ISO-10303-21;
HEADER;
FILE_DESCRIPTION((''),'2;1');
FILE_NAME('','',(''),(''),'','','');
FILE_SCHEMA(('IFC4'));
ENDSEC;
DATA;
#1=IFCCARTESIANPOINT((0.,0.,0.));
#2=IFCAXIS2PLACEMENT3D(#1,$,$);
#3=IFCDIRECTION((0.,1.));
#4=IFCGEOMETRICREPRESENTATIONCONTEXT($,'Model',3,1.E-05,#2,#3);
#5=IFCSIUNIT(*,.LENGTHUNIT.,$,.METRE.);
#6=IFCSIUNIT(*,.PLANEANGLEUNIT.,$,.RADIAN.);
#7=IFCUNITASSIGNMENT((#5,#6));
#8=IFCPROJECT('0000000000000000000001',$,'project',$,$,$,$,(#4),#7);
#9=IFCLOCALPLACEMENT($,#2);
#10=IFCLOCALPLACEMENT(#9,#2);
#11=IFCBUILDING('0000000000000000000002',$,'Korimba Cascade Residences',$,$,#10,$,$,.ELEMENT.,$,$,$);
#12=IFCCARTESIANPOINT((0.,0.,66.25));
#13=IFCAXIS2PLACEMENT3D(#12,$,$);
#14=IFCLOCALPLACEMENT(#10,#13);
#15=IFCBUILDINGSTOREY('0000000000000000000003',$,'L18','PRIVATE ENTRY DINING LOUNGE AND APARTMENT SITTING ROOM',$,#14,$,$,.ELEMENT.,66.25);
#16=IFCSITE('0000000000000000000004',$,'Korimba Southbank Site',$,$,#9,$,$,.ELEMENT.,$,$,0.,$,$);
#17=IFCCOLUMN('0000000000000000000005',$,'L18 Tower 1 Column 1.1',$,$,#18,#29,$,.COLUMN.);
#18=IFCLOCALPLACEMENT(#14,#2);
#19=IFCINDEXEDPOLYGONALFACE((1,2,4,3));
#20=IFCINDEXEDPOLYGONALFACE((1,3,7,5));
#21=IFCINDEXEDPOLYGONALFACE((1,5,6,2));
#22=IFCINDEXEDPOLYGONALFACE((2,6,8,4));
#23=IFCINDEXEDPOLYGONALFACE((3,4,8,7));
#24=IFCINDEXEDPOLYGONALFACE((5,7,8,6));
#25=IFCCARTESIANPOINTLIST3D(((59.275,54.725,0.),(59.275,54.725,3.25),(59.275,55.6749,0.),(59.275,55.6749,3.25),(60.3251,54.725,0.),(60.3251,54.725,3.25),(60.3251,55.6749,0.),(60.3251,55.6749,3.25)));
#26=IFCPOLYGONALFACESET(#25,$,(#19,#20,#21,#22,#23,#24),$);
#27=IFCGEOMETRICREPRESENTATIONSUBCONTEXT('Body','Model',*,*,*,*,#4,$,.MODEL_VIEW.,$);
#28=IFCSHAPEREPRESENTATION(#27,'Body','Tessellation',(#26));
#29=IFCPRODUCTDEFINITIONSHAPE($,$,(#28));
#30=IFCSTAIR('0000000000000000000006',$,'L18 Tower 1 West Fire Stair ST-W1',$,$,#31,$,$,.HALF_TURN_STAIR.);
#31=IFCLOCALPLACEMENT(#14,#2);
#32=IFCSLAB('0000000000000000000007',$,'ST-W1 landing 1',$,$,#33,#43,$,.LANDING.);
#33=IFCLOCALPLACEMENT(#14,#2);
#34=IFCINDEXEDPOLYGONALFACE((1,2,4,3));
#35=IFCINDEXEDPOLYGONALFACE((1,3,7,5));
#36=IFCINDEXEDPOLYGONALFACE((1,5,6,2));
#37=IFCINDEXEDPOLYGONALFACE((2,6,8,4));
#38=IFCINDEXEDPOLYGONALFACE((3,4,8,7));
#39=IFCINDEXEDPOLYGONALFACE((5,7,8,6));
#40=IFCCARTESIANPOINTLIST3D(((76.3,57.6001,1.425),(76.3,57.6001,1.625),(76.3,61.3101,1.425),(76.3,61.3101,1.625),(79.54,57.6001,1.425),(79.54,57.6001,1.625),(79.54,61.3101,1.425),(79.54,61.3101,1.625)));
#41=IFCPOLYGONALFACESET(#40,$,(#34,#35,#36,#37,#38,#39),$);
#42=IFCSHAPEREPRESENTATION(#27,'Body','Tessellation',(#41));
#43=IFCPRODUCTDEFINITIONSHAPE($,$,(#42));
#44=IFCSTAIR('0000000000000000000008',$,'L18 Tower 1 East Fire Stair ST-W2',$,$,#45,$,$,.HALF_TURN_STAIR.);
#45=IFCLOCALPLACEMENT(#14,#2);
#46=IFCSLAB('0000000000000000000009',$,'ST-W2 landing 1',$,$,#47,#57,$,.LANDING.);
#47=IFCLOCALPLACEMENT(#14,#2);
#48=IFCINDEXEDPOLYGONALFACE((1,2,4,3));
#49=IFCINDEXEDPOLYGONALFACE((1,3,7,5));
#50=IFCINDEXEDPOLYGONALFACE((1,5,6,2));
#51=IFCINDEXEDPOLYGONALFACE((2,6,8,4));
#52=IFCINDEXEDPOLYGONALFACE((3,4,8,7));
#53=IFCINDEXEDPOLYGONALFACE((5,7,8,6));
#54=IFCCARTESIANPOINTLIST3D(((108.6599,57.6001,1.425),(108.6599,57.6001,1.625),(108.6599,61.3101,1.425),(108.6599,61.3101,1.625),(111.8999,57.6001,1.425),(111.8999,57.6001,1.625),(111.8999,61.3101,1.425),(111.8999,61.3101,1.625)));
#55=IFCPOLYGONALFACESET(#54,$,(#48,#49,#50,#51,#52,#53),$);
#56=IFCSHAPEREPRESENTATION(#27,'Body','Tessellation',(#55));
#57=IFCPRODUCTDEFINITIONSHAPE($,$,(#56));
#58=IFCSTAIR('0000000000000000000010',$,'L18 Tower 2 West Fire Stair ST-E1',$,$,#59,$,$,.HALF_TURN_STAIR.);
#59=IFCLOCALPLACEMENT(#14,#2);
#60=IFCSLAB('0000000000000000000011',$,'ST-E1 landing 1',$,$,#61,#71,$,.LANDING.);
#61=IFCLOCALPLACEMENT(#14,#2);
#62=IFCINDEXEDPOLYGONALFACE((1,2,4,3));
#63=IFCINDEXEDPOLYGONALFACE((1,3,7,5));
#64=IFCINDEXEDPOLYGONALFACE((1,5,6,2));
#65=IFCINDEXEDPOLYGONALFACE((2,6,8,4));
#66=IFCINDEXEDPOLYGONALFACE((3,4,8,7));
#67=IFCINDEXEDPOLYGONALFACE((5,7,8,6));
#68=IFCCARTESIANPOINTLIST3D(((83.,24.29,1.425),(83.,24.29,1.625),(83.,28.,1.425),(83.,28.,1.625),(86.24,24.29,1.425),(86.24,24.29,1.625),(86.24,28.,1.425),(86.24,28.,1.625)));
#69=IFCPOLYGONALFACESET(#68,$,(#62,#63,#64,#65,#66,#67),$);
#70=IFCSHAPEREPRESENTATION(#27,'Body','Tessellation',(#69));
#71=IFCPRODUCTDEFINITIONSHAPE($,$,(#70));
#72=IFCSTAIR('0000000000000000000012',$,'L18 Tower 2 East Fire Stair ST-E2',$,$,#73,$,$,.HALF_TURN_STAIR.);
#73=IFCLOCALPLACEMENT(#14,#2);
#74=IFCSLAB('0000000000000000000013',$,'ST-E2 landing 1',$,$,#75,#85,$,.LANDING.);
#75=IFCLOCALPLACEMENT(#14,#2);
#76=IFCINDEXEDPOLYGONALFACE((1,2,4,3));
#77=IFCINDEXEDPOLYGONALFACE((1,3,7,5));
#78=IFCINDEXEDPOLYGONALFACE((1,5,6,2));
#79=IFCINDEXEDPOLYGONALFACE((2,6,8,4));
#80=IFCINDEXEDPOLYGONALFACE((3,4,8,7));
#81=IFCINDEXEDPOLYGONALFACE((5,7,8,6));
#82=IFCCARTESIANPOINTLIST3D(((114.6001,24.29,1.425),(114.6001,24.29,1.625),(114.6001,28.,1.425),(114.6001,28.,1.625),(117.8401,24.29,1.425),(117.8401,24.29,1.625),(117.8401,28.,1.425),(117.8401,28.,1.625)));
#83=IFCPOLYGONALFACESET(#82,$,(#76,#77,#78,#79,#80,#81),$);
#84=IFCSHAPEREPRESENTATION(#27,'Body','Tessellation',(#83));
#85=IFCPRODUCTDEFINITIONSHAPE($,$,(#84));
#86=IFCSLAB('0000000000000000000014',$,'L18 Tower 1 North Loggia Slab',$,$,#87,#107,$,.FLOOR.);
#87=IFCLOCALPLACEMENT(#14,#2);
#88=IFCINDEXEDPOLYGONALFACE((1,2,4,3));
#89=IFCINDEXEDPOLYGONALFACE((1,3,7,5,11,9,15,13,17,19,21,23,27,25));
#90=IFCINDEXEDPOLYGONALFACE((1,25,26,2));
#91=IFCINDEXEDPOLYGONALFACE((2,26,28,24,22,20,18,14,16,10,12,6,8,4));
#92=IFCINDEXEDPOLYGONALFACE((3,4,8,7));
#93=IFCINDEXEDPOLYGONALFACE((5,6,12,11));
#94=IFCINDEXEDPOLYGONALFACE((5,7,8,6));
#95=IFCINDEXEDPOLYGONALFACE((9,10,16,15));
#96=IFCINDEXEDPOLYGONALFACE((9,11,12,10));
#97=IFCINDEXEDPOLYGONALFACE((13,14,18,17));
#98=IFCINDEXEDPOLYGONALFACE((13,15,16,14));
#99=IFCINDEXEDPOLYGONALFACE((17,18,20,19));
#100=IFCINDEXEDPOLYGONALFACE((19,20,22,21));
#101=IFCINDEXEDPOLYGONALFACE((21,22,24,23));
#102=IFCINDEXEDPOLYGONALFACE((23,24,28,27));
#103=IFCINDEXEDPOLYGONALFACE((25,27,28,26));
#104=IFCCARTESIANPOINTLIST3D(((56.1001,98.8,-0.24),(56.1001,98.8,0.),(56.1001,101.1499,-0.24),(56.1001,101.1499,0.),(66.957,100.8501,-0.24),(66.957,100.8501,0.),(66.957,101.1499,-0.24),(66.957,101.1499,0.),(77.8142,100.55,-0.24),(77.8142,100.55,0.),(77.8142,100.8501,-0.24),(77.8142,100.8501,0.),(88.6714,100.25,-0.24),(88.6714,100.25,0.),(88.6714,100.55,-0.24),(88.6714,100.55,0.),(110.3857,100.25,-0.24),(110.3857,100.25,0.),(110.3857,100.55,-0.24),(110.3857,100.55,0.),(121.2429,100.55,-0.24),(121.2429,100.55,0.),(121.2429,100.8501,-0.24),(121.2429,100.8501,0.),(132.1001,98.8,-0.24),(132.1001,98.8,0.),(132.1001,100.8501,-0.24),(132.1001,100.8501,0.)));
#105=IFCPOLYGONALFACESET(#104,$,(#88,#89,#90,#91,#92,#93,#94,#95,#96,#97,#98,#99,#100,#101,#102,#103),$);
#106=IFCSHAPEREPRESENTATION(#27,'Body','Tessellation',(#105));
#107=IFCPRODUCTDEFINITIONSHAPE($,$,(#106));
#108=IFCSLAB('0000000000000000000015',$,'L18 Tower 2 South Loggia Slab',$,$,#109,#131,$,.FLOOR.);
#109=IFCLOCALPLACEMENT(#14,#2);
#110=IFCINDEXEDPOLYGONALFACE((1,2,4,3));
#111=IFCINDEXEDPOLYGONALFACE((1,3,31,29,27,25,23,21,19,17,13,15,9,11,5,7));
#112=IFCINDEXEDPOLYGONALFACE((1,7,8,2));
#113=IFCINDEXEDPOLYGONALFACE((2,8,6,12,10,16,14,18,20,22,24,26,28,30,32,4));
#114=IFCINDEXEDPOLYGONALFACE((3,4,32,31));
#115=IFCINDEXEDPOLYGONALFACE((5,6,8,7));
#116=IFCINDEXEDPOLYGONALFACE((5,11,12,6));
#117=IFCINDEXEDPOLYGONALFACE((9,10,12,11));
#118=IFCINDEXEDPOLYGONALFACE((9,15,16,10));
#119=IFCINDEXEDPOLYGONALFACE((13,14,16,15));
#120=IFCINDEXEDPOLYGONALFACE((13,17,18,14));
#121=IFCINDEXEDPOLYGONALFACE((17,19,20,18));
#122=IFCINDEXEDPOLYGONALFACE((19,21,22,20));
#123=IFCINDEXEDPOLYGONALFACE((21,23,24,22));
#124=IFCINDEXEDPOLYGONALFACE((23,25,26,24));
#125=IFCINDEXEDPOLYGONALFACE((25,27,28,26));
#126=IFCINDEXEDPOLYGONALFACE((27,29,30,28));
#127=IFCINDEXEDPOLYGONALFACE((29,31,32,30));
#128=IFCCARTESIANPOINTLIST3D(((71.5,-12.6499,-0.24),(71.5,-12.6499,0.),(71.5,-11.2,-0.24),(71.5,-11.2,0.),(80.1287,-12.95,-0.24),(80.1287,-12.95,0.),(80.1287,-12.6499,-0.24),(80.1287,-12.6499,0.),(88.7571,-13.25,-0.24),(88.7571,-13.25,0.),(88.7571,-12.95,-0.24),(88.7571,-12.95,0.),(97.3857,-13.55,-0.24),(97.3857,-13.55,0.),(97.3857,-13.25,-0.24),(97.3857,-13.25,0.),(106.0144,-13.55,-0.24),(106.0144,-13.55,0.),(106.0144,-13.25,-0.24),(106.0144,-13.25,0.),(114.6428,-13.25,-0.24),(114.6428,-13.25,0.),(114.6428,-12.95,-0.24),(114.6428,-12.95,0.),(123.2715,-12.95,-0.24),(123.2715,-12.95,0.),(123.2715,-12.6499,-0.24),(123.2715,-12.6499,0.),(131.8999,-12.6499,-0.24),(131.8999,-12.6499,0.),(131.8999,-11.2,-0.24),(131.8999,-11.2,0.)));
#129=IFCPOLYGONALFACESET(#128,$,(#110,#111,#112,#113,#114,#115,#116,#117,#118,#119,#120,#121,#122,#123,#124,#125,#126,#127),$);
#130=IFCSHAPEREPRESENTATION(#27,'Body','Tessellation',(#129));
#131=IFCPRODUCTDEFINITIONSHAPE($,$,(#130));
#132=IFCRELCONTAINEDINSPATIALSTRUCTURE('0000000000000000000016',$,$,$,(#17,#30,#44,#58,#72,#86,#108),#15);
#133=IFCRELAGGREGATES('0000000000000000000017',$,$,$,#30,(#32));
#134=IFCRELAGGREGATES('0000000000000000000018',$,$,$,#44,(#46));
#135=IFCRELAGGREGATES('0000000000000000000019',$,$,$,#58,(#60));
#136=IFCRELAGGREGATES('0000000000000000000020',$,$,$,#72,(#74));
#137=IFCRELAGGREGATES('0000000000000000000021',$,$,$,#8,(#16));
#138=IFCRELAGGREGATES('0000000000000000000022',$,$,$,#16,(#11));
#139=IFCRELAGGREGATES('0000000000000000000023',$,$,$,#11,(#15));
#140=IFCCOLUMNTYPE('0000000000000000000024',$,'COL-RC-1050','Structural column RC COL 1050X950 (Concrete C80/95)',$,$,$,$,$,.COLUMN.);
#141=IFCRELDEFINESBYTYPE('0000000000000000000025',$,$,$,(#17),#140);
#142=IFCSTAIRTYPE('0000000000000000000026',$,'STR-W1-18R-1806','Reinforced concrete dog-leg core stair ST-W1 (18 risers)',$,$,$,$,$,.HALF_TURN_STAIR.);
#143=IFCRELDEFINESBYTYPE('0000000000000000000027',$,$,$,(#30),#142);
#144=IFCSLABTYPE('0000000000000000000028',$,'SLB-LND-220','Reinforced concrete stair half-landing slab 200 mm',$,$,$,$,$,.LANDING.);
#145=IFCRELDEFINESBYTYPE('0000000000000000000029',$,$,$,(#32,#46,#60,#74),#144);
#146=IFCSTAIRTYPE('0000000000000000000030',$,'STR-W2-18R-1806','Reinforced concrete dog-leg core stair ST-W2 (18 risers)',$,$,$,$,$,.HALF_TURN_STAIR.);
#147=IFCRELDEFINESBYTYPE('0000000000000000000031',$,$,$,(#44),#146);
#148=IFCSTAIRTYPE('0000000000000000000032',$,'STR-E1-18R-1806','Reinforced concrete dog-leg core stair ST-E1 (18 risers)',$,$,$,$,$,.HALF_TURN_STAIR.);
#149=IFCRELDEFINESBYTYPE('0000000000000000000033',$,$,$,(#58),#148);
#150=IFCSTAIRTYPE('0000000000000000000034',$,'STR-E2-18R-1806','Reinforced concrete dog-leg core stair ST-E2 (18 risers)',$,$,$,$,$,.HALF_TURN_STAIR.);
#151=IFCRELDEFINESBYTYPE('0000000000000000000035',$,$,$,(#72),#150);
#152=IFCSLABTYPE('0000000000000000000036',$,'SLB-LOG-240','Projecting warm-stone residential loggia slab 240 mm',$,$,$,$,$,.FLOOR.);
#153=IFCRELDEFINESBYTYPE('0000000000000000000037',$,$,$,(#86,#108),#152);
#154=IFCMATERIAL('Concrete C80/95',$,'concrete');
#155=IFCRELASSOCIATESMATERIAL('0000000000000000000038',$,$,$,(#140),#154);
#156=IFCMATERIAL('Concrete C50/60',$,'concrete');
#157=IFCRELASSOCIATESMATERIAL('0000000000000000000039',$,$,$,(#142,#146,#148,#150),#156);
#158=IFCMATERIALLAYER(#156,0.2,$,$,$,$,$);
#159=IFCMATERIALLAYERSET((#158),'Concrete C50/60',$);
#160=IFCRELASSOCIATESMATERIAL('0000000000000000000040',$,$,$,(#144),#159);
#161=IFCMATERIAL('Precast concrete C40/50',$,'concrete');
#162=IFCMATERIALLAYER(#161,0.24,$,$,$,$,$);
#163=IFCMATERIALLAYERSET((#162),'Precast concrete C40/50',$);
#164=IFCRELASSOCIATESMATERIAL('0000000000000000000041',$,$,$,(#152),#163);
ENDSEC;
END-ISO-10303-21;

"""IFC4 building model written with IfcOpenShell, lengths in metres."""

from ifc_helpers import new_model, si_unit, direction, frame, origin, origin_2d, place, context, subcontext, project, spatial, polyline, rectangle, outline, extrude, material, layer, layer_set, material_profile, profile_set, type_object, element, aggregate, save


model = new_model("IFC4")

# Units and contexts
model_context = context("Model", 3, precision=1e-05, world=origin(), true_north=direction((0.0, 1.0)))
body_context = subcontext(model_context, "Body", "Model", "MODEL_VIEW")
ifc_project = project(units=[si_unit("LENGTHUNIT", "METRE"), si_unit("PLANEANGLEUNIT", "RADIAN")], contexts=[model_context])

# Site, building, storey
site_placement = place(None, origin())
site = spatial("IfcSite", under=ifc_project, at=site_placement, Name="Korimba Southbank Site", CompositionType="ELEMENT", RefElevation=0.0)
building_placement = place(site_placement, origin())
building = spatial("IfcBuilding", under=site, at=building_placement, Name="Korimba Cascade Residences", CompositionType="ELEMENT")
storey_placement = place(building_placement, frame((0.0, 0.0, 66.25)))
storey = spatial("IfcBuildingStorey", under=building, at=storey_placement, Name="L18", Description="PRIVATE ENTRY DINING LOUNGE AND APARTMENT SITTING ROOM", CompositionType="ELEMENT", Elevation=66.25)

# Column
ifc_material_1 = material(Name="Concrete C80/95", Category="concrete")
ifc_material_profile = material_profile(ifc_material_1, rectangle(XDim=1.05, YDim=0.95, at=origin_2d()), Name="Concrete C80/95")
ifc_profile_set = profile_set([ifc_material_profile], Name="Concrete C80/95")
column_type = type_object("IfcColumnType", Name="COL-RC-1050", Description="Structural column RC COL 1050X950 (Concrete C80/95)", PredefinedType="COLUMN", material=ifc_profile_set)
column_placement = place(storey_placement, frame((59.8, 55.2, 0.0), z_axis=(0.0, 0.0, 1.0), x_axis=(1.0, 0.0, 0.0)))
element("IfcColumn", 1, at=column_placement, inside=storey, type_object=column_type, Name="L18 Tower 1 Column 1.1", PredefinedType="COLUMN", context=body_context, shape_type="SweptSolid", body=[
    extrude(rectangle(XDim=1.05, YDim=0.95, at=origin_2d()), origin(), (0.0, 0.0, 1.0), 3.25),
])

# Stairs, slabs
ifc_material_2 = material(Name="Concrete C50/60", Category="concrete")
stair_type_1 = type_object("IfcStairType", Name="STR-W1-18R-1806", Description="Reinforced concrete dog-leg core stair ST-W1 (18 risers)", PredefinedType="HALF_TURN_STAIR", material=ifc_material_2)
stair_1_placement = place(storey_placement, origin())
stair_1 = element("IfcStair", 2, at=stair_1_placement, inside=storey, type_object=stair_type_1, Name="L18 Tower 1 West Fire Stair ST-W1", PredefinedType="HALF_TURN_STAIR")
ifc_layer_1 = layer(ifc_material_2, 0.2)
ifc_layer_set_1 = layer_set([ifc_layer_1], Name="Concrete C50/60")
slab_type_1 = type_object("IfcSlabType", Name="SLB-LND-220", Description="Reinforced concrete stair half-landing slab 200 mm", PredefinedType="LANDING", material=ifc_layer_set_1)
slab_1_placement = place(storey_placement, frame((0.0, 0.0, 1.425)))
slab_1 = element("IfcSlab", 3, at=slab_1_placement, type_object=slab_type_1, Name="ST-W1 landing 1", PredefinedType="LANDING", context=body_context, shape_type="SweptSolid", body=[
    extrude(outline(polyline([(76.3, 61.3101), (76.3, 57.6001), (79.54, 57.6001), (79.54, 61.3101), (76.3, 61.3101)])), origin(), (0.0, 0.0, 1.0), 0.2),
])
aggregate(stair_1, [slab_1])
stair_type_2 = type_object("IfcStairType", Name="STR-W2-18R-1806", Description="Reinforced concrete dog-leg core stair ST-W2 (18 risers)", PredefinedType="HALF_TURN_STAIR", material=ifc_material_2)
stair_2_placement = place(storey_placement, origin())
stair_2 = element("IfcStair", 4, at=stair_2_placement, inside=storey, type_object=stair_type_2, Name="L18 Tower 1 East Fire Stair ST-W2", PredefinedType="HALF_TURN_STAIR")
slab_2_placement = place(storey_placement, frame((0.0, 0.0, 1.425)))
slab_2 = element("IfcSlab", 5, at=slab_2_placement, type_object=slab_type_1, Name="ST-W2 landing 1", PredefinedType="LANDING", context=body_context, shape_type="SweptSolid", body=[
    extrude(outline(polyline([(108.6599, 61.3101), (108.6599, 57.6001), (111.8999, 57.6001), (111.8999, 61.3101), (108.6599, 61.3101)])), origin(), (0.0, 0.0, 1.0), 0.2),
])
aggregate(stair_2, [slab_2])
stair_type_3 = type_object("IfcStairType", Name="STR-E1-18R-1806", Description="Reinforced concrete dog-leg core stair ST-E1 (18 risers)", PredefinedType="HALF_TURN_STAIR", material=ifc_material_2)
stair_3_placement = place(storey_placement, origin())
stair_3 = element("IfcStair", 6, at=stair_3_placement, inside=storey, type_object=stair_type_3, Name="L18 Tower 2 West Fire Stair ST-E1", PredefinedType="HALF_TURN_STAIR")
slab_3_placement = place(storey_placement, frame((0.0, 0.0, 1.425)))
slab_3 = element("IfcSlab", 7, at=slab_3_placement, type_object=slab_type_1, Name="ST-E1 landing 1", PredefinedType="LANDING", context=body_context, shape_type="SweptSolid", body=[
    extrude(outline(polyline([(86.24, 24.29), (86.24, 28.0), (83.0, 28.0), (83.0, 24.29), (86.24, 24.29)])), origin(), (0.0, 0.0, 1.0), 0.2),
])
aggregate(stair_3, [slab_3])
stair_type_4 = type_object("IfcStairType", Name="STR-E2-18R-1806", Description="Reinforced concrete dog-leg core stair ST-E2 (18 risers)", PredefinedType="HALF_TURN_STAIR", material=ifc_material_2)
stair_4_placement = place(storey_placement, origin())
stair_4 = element("IfcStair", 8, at=stair_4_placement, inside=storey, type_object=stair_type_4, Name="L18 Tower 2 East Fire Stair ST-E2", PredefinedType="HALF_TURN_STAIR")
slab_4_placement = place(storey_placement, frame((0.0, 0.0, 1.425)))
slab_4 = element("IfcSlab", 9, at=slab_4_placement, type_object=slab_type_1, Name="ST-E2 landing 1", PredefinedType="LANDING", context=body_context, shape_type="SweptSolid", body=[
    extrude(outline(polyline([(117.8401, 24.29), (117.8401, 28.0), (114.6001, 28.0), (114.6001, 24.29), (117.8401, 24.29)])), origin(), (0.0, 0.0, 1.0), 0.2),
])
aggregate(stair_4, [slab_4])

# Slabs
ifc_material_3 = material(Name="Precast concrete C40/50", Category="concrete")
ifc_layer_2 = layer(ifc_material_3, 0.24)
ifc_layer_set_2 = layer_set([ifc_layer_2], Name="Precast concrete C40/50")
slab_type_2 = type_object("IfcSlabType", Name="SLB-LOG-240", Description="Projecting warm-stone residential loggia slab 240 mm", PredefinedType="FLOOR", material=ifc_layer_set_2)
slab_5_placement = place(storey_placement, frame((0.0, 0.0, -0.24)))
element("IfcSlab", 10, at=slab_5_placement, inside=storey, type_object=slab_type_2, Name="L18 Tower 1 North Loggia Slab", PredefinedType="FLOOR", context=body_context, shape_type="SweptSolid", body=[
    extrude(outline(polyline([(56.1001, 98.8), (132.1001, 98.8), (132.1001, 100.8501), (121.2429, 100.8501), (121.2429, 100.55), (110.3857, 100.55), (110.3857, 100.25), (88.6714, 100.25), (88.6714, 100.55), (77.8142, 100.55), (77.8142, 100.8501), (66.957, 100.8501), (66.957, 101.1499), (56.1001, 101.1499), (56.1001, 98.8)])), origin(), (0.0, 0.0, 1.0), 0.24),
])
slab_6_placement = place(storey_placement, frame((0.0, 0.0, -0.24)))
element("IfcSlab", 11, at=slab_6_placement, inside=storey, type_object=slab_type_2, Name="L18 Tower 2 South Loggia Slab", PredefinedType="FLOOR", context=body_context, shape_type="SweptSolid", body=[
    extrude(outline(polyline([(71.5, -12.6499), (80.1287, -12.6499), (80.1287, -12.95), (88.7571, -12.95), (88.7571, -13.25), (97.3857, -13.25), (97.3857, -13.55), (106.0144, -13.55), (106.0144, -13.25), (114.6428, -13.25), (114.6428, -12.95), (123.2715, -12.95), (123.2715, -12.6499), (131.8999, -12.6499), (131.8999, -11.2), (71.5, -11.2), (71.5, -12.6499)])), origin(), (0.0, 0.0, 1.0), 0.24),
])

save(model, "model.ifc")
